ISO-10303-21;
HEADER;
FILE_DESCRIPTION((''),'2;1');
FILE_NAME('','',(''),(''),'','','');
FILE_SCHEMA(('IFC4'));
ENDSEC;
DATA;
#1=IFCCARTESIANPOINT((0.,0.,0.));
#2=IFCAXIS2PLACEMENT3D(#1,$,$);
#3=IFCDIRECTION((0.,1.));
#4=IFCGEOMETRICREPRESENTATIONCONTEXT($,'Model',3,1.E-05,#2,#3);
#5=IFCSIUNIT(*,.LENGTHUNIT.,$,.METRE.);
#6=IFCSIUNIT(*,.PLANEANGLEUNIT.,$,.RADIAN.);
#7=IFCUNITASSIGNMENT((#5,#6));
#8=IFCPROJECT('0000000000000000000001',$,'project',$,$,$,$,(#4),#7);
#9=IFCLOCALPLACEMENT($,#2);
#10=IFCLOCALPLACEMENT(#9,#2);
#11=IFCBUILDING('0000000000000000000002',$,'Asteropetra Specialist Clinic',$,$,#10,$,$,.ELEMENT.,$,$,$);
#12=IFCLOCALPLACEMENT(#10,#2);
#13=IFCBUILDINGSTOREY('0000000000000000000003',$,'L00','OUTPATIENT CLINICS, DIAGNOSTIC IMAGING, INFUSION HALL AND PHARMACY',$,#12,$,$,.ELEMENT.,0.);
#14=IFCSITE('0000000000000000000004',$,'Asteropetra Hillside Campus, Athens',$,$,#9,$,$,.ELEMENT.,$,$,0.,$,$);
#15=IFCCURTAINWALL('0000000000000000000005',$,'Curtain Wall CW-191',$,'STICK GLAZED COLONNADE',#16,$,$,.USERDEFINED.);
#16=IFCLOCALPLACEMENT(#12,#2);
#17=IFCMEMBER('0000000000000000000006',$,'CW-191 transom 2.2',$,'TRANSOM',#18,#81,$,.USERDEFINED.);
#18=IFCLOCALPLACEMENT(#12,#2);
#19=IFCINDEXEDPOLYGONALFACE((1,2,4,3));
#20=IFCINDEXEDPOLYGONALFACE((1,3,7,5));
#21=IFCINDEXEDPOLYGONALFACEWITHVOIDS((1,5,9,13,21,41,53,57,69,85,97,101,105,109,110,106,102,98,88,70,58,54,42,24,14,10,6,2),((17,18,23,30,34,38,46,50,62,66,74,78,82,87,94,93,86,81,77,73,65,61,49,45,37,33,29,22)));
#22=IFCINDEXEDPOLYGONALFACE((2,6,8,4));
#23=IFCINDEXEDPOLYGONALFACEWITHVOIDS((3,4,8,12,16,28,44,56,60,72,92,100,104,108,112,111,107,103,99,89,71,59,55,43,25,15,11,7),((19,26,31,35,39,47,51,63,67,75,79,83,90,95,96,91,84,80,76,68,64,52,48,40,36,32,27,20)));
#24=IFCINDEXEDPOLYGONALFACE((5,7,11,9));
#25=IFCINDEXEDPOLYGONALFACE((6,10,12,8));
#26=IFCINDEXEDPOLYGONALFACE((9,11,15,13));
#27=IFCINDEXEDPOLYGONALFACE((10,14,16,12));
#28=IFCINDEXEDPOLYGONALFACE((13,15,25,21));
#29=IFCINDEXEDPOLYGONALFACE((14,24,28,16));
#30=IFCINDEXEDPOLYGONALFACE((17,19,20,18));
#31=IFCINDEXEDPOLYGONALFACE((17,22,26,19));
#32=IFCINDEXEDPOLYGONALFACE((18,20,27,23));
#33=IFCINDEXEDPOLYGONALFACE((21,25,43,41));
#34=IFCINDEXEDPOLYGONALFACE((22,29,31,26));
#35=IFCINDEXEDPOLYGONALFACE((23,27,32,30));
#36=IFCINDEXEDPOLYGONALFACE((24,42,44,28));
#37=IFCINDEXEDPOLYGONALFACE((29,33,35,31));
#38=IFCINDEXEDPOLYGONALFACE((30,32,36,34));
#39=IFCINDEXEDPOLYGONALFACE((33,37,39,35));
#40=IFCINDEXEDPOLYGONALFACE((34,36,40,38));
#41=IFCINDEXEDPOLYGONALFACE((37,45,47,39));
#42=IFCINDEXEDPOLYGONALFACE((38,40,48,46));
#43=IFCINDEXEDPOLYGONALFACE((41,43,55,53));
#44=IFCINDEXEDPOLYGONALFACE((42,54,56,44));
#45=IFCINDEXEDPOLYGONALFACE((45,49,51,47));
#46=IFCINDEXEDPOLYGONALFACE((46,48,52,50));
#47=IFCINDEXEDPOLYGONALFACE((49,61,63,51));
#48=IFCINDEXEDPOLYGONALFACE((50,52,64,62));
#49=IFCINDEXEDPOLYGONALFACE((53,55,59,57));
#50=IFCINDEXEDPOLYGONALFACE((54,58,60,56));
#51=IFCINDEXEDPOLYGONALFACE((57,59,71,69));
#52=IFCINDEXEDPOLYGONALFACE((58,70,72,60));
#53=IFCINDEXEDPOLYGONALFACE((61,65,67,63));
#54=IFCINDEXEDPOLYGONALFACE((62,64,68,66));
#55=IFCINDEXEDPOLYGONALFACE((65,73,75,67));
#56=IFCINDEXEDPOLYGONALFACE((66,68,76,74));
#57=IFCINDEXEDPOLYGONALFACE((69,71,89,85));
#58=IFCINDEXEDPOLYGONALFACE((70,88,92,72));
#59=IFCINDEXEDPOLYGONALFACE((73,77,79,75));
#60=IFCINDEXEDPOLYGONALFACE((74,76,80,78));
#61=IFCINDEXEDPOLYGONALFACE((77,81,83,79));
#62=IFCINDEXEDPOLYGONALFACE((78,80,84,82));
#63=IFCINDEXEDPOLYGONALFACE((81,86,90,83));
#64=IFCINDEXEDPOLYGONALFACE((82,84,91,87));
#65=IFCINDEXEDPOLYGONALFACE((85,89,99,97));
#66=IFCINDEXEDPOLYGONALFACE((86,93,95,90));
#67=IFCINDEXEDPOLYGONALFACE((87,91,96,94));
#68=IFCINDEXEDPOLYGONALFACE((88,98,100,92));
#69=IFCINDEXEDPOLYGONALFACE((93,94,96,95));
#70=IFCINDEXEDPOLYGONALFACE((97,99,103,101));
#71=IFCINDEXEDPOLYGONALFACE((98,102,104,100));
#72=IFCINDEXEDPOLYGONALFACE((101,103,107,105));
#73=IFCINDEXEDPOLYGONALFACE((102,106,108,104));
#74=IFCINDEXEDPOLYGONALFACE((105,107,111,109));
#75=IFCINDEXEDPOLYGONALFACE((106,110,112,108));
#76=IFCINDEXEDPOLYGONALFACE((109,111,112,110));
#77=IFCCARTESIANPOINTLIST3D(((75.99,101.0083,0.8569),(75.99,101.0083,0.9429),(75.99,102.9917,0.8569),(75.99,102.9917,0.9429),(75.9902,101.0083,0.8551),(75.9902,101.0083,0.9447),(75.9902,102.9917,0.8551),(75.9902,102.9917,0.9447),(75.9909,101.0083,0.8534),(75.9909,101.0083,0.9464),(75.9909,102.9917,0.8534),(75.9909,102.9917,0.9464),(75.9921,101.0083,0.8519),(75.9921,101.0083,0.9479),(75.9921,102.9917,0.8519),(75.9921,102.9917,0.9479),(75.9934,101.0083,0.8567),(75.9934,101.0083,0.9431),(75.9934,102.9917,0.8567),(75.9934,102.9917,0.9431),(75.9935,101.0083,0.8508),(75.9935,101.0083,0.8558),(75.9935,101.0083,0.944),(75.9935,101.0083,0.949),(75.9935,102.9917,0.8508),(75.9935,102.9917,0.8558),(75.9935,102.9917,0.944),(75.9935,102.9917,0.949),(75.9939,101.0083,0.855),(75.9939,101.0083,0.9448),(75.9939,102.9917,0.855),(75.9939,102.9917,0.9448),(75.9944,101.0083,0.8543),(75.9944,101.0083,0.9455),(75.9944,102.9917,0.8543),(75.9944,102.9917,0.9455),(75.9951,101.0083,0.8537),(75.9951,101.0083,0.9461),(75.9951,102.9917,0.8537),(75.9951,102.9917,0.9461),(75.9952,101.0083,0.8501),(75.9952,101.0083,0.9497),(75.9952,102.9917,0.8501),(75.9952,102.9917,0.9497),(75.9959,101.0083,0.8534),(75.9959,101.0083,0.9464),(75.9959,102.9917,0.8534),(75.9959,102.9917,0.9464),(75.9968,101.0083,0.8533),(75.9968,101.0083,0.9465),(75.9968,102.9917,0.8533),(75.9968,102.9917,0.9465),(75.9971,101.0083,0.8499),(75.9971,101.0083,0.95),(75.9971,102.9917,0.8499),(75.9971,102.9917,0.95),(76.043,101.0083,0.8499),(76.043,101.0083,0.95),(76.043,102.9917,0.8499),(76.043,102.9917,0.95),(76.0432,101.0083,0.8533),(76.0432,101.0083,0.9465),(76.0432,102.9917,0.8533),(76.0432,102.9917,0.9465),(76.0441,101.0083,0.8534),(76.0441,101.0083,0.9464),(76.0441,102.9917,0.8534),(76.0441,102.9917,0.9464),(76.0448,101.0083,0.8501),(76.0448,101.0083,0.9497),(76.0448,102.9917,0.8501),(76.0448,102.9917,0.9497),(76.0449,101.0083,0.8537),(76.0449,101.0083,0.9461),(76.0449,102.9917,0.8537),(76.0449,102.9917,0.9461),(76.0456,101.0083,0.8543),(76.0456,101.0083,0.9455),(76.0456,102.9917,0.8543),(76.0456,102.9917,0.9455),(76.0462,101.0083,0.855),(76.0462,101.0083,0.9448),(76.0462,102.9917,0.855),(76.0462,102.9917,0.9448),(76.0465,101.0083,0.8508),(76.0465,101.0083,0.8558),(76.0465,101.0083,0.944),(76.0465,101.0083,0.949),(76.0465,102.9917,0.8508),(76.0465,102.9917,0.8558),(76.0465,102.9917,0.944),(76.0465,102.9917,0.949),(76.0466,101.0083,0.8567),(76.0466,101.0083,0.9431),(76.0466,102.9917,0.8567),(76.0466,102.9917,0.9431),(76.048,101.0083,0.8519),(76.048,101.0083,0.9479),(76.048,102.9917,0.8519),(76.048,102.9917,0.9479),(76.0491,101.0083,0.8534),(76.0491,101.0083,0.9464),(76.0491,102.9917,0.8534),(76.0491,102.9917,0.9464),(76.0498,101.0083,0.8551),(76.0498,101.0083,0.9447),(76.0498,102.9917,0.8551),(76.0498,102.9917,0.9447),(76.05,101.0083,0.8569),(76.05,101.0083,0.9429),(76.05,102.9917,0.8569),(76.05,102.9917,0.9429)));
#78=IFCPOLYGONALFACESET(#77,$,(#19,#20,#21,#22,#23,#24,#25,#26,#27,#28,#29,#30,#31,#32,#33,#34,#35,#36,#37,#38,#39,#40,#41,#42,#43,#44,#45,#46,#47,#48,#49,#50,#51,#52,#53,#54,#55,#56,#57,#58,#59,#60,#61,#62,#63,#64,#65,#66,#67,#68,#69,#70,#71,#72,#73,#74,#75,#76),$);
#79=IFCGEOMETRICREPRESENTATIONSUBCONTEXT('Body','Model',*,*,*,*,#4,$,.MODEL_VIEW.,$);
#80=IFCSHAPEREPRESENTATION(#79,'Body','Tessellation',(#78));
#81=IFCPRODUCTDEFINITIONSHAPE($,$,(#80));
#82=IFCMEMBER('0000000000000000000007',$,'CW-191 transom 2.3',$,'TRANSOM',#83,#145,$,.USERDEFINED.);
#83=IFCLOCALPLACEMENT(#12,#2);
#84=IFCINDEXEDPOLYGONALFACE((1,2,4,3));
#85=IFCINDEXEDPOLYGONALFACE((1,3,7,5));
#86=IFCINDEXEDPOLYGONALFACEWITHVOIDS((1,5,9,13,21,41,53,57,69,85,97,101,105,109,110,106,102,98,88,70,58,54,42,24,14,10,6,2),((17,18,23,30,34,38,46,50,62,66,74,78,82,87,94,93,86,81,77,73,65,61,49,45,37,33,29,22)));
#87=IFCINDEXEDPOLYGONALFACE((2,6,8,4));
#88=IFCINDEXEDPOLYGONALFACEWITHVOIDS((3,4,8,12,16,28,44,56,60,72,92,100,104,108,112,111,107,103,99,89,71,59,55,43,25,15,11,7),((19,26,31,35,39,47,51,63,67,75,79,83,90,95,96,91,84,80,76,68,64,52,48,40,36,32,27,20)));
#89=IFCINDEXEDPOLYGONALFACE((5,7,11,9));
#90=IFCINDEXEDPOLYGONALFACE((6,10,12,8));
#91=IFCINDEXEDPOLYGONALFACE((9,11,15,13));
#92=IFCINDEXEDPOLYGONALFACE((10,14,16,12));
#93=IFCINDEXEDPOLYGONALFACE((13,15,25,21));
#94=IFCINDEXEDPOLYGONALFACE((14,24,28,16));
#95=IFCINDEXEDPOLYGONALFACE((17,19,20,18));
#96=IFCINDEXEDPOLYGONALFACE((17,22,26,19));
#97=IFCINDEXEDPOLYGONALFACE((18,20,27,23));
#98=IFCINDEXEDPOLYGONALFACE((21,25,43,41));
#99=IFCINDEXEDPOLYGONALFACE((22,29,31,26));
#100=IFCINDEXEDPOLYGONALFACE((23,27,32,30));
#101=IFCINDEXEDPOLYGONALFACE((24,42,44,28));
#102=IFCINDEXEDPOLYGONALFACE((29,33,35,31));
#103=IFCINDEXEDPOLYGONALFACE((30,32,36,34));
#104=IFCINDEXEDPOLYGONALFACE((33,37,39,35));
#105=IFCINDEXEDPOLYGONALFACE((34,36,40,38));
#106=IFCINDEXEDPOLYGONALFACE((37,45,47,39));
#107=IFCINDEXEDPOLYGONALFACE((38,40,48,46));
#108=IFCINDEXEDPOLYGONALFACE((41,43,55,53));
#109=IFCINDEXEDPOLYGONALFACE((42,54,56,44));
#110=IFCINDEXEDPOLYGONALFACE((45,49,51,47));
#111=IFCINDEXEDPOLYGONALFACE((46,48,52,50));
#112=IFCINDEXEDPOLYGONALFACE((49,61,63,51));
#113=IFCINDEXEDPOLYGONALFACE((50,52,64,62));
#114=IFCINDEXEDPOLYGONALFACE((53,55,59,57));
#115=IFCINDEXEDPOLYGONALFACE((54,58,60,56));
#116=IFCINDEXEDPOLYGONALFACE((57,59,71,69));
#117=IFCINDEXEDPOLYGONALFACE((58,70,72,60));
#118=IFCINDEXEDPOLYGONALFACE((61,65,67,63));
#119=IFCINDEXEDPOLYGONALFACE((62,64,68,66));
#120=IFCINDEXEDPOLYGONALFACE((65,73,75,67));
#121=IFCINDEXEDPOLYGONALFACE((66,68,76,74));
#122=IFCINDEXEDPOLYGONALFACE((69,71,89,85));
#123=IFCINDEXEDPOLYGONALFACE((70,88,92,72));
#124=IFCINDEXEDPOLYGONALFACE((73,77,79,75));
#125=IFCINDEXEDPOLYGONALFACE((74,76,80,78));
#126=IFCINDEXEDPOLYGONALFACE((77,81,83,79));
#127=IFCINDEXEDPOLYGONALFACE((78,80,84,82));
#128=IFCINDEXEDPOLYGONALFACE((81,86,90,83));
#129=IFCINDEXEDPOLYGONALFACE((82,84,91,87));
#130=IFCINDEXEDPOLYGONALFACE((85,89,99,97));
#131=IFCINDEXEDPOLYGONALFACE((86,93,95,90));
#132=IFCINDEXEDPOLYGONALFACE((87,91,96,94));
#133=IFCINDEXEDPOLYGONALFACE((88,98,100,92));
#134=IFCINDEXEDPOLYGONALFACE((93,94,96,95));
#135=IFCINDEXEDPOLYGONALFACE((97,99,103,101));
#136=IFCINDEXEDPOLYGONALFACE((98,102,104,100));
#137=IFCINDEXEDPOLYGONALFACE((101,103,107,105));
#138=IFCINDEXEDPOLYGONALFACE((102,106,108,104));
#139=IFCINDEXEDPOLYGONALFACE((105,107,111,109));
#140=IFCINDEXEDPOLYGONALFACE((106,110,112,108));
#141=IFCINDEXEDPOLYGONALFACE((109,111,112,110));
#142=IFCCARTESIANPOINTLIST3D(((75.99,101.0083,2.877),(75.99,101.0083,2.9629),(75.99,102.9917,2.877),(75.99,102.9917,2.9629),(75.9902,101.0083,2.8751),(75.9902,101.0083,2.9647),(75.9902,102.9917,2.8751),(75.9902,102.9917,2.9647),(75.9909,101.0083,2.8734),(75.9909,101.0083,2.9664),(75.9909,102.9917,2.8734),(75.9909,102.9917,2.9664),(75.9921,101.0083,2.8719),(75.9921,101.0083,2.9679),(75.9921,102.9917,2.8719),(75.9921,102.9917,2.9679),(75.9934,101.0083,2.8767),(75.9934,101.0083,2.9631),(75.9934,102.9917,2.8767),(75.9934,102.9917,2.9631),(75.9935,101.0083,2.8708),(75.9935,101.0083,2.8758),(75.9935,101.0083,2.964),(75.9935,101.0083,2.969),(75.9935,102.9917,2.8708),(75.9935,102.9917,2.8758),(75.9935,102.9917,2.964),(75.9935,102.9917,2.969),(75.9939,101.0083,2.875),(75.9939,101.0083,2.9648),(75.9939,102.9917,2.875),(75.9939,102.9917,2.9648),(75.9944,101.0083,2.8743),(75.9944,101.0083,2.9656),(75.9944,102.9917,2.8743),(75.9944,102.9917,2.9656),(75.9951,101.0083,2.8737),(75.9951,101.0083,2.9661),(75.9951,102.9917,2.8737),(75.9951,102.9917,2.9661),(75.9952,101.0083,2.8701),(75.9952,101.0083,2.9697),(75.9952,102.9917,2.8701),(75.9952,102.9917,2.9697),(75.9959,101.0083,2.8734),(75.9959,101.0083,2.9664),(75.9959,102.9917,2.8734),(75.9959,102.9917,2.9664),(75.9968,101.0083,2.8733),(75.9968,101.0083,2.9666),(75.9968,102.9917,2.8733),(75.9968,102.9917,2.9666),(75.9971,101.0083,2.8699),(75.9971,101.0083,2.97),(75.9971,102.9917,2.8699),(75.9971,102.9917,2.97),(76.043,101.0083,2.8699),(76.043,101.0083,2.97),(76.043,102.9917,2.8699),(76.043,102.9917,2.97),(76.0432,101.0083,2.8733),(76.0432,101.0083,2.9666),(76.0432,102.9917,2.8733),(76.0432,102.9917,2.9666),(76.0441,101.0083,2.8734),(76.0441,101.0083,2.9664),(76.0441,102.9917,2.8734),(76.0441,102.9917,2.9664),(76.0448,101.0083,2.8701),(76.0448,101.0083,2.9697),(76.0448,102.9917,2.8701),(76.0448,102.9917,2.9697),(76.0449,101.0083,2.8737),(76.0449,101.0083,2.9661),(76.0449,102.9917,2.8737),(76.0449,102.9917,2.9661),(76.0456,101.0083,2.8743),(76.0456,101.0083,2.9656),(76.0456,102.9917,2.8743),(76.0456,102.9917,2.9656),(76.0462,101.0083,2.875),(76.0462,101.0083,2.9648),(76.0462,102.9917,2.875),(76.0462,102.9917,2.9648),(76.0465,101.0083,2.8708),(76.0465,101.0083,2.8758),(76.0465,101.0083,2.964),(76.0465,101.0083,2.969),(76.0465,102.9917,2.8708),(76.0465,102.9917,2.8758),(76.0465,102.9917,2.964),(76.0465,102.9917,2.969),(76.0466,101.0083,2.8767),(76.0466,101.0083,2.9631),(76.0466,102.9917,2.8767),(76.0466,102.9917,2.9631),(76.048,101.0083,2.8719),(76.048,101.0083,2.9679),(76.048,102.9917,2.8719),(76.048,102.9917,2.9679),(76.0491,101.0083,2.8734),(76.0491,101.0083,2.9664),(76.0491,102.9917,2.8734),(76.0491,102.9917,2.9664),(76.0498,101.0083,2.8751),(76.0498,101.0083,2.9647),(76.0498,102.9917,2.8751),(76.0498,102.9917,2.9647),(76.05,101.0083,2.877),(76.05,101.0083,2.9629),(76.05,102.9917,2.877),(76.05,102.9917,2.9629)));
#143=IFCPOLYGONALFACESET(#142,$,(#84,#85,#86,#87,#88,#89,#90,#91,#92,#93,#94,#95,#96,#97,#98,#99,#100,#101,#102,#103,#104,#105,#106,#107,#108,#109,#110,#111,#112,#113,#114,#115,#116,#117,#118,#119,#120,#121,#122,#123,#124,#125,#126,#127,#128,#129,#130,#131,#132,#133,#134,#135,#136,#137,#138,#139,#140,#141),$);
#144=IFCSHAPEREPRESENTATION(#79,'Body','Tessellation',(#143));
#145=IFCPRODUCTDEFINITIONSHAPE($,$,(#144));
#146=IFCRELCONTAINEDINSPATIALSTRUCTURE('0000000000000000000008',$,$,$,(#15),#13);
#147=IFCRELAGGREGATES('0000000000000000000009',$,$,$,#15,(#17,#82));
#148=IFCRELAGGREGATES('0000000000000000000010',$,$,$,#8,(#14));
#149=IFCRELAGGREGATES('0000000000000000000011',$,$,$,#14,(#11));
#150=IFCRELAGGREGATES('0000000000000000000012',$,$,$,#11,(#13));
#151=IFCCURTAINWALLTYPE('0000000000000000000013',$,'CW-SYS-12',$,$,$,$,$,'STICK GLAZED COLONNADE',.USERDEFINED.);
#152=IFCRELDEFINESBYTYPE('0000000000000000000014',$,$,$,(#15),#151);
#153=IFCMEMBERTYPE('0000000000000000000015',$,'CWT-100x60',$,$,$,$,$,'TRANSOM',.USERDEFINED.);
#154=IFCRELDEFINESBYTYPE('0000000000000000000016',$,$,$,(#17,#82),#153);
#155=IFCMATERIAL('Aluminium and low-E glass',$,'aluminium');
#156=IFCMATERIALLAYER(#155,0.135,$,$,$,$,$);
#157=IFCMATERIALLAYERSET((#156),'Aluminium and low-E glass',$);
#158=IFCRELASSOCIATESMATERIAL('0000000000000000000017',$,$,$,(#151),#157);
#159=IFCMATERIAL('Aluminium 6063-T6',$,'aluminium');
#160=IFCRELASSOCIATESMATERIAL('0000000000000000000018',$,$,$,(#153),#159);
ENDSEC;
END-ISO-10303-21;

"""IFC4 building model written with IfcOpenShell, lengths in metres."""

from ifc_helpers import new_model, si_unit, direction, frame, origin, origin_2d, place, context, subcontext, project, spatial, hollow_rectangle, extrude, material, layer, layer_set, material_profile, profile_set, type_object, element, aggregate, save


model = new_model("IFC4")

# Units and contexts
model_context = context("Model", 3, precision=1e-05, world=origin(), true_north=direction((0.0, 1.0)))
body_context = subcontext(model_context, "Body", "Model", "MODEL_VIEW")
ifc_project = project(units=[si_unit("LENGTHUNIT", "METRE"), si_unit("PLANEANGLEUNIT", "RADIAN")], contexts=[model_context])

# Site, building, storey
site_placement = place(None, origin())
site = spatial("IfcSite", under=ifc_project, at=site_placement, Name="Asteropetra Hillside Campus, Athens", CompositionType="ELEMENT", RefElevation=0.0)
building_placement = place(site_placement, origin())
building = spatial("IfcBuilding", under=site, at=building_placement, Name="Asteropetra Specialist Clinic", CompositionType="ELEMENT")
storey_placement = place(building_placement, origin())
storey = spatial("IfcBuildingStorey", under=building, at=storey_placement, Name="L00", Description="OUTPATIENT CLINICS, DIAGNOSTIC IMAGING, INFUSION HALL AND PHARMACY", CompositionType="ELEMENT", Elevation=0.0)

# Curtain wall, members
ifc_material_1 = material(Name="Aluminium and low-E glass", Category="aluminium")
ifc_layer_1 = layer(ifc_material_1, 0.135)
ifc_layer_set_1 = layer_set([ifc_layer_1], Name="Aluminium and low-E glass")
curtain_wall_type = type_object("IfcCurtainWallType", Name="CW-SYS-12", ElementType="STICK GLAZED COLONNADE", PredefinedType="USERDEFINED", material=ifc_layer_set_1)
curtain_wall_placement = place(storey_placement, origin())
curtain_wall = element("IfcCurtainWall", 1, at=curtain_wall_placement, inside=storey, type_object=curtain_wall_type, Name="Curtain Wall CW-191", ObjectType="STICK GLAZED COLONNADE", PredefinedType="USERDEFINED")
ifc_material_2 = material(Name="Aluminium 6063-T6", Category="aluminium")
ifc_material_profile_1 = material_profile(ifc_material_2, hollow_rectangle(XDim=0.0601, YDim=0.1001, WallThickness=0.0034, InnerFilletRadius=0.0034, OuterFilletRadius=0.0071, at=origin_2d()), Name="TRN 100x60x3.5")
ifc_profile_set_1 = profile_set([ifc_material_profile_1], Name="Aluminium 6063-T6")
member_type_1 = type_object("IfcMemberType", Name="CWT-100x60", ElementType="TRANSOM", PredefinedType="USERDEFINED", material=ifc_profile_set_1)
member_1_placement = place(storey_placement, frame((76.02, 101.0083, 0.8999), z_axis=(0.0, 1.0, 0.0), x_axis=(-1.0, 0.0, 0.0)))
member_1 = element("IfcMember", 2, at=member_1_placement, type_object=member_type_1, Name="CW-191 transom 2.2", ObjectType="TRANSOM", PredefinedType="USERDEFINED", context=body_context, shape_type="SweptSolid", body=[
    extrude(hollow_rectangle(XDim=0.0601, YDim=0.1001, WallThickness=0.0034, InnerFilletRadius=0.0034, OuterFilletRadius=0.0071, at=origin_2d()), origin(), (0.0, 0.0, 1.0), 1.9834),
])
member_2_placement = place(storey_placement, frame((76.02, 101.0083, 2.9199), z_axis=(0.0, 1.0, 0.0), x_axis=(-1.0, 0.0, 0.0)))
member_2 = element("IfcMember", 3, at=member_2_placement, type_object=member_type_1, Name="CW-191 transom 2.3", ObjectType="TRANSOM", PredefinedType="USERDEFINED", context=body_context, shape_type="SweptSolid", body=[
    extrude(hollow_rectangle(XDim=0.0601, YDim=0.1001, WallThickness=0.0034, InnerFilletRadius=0.0034, OuterFilletRadius=0.0071, at=origin_2d()), origin(), (0.0, 0.0, 1.0), 1.9834),
])
aggregate(curtain_wall, [member_1, member_2])

save(model, "model.ifc")
